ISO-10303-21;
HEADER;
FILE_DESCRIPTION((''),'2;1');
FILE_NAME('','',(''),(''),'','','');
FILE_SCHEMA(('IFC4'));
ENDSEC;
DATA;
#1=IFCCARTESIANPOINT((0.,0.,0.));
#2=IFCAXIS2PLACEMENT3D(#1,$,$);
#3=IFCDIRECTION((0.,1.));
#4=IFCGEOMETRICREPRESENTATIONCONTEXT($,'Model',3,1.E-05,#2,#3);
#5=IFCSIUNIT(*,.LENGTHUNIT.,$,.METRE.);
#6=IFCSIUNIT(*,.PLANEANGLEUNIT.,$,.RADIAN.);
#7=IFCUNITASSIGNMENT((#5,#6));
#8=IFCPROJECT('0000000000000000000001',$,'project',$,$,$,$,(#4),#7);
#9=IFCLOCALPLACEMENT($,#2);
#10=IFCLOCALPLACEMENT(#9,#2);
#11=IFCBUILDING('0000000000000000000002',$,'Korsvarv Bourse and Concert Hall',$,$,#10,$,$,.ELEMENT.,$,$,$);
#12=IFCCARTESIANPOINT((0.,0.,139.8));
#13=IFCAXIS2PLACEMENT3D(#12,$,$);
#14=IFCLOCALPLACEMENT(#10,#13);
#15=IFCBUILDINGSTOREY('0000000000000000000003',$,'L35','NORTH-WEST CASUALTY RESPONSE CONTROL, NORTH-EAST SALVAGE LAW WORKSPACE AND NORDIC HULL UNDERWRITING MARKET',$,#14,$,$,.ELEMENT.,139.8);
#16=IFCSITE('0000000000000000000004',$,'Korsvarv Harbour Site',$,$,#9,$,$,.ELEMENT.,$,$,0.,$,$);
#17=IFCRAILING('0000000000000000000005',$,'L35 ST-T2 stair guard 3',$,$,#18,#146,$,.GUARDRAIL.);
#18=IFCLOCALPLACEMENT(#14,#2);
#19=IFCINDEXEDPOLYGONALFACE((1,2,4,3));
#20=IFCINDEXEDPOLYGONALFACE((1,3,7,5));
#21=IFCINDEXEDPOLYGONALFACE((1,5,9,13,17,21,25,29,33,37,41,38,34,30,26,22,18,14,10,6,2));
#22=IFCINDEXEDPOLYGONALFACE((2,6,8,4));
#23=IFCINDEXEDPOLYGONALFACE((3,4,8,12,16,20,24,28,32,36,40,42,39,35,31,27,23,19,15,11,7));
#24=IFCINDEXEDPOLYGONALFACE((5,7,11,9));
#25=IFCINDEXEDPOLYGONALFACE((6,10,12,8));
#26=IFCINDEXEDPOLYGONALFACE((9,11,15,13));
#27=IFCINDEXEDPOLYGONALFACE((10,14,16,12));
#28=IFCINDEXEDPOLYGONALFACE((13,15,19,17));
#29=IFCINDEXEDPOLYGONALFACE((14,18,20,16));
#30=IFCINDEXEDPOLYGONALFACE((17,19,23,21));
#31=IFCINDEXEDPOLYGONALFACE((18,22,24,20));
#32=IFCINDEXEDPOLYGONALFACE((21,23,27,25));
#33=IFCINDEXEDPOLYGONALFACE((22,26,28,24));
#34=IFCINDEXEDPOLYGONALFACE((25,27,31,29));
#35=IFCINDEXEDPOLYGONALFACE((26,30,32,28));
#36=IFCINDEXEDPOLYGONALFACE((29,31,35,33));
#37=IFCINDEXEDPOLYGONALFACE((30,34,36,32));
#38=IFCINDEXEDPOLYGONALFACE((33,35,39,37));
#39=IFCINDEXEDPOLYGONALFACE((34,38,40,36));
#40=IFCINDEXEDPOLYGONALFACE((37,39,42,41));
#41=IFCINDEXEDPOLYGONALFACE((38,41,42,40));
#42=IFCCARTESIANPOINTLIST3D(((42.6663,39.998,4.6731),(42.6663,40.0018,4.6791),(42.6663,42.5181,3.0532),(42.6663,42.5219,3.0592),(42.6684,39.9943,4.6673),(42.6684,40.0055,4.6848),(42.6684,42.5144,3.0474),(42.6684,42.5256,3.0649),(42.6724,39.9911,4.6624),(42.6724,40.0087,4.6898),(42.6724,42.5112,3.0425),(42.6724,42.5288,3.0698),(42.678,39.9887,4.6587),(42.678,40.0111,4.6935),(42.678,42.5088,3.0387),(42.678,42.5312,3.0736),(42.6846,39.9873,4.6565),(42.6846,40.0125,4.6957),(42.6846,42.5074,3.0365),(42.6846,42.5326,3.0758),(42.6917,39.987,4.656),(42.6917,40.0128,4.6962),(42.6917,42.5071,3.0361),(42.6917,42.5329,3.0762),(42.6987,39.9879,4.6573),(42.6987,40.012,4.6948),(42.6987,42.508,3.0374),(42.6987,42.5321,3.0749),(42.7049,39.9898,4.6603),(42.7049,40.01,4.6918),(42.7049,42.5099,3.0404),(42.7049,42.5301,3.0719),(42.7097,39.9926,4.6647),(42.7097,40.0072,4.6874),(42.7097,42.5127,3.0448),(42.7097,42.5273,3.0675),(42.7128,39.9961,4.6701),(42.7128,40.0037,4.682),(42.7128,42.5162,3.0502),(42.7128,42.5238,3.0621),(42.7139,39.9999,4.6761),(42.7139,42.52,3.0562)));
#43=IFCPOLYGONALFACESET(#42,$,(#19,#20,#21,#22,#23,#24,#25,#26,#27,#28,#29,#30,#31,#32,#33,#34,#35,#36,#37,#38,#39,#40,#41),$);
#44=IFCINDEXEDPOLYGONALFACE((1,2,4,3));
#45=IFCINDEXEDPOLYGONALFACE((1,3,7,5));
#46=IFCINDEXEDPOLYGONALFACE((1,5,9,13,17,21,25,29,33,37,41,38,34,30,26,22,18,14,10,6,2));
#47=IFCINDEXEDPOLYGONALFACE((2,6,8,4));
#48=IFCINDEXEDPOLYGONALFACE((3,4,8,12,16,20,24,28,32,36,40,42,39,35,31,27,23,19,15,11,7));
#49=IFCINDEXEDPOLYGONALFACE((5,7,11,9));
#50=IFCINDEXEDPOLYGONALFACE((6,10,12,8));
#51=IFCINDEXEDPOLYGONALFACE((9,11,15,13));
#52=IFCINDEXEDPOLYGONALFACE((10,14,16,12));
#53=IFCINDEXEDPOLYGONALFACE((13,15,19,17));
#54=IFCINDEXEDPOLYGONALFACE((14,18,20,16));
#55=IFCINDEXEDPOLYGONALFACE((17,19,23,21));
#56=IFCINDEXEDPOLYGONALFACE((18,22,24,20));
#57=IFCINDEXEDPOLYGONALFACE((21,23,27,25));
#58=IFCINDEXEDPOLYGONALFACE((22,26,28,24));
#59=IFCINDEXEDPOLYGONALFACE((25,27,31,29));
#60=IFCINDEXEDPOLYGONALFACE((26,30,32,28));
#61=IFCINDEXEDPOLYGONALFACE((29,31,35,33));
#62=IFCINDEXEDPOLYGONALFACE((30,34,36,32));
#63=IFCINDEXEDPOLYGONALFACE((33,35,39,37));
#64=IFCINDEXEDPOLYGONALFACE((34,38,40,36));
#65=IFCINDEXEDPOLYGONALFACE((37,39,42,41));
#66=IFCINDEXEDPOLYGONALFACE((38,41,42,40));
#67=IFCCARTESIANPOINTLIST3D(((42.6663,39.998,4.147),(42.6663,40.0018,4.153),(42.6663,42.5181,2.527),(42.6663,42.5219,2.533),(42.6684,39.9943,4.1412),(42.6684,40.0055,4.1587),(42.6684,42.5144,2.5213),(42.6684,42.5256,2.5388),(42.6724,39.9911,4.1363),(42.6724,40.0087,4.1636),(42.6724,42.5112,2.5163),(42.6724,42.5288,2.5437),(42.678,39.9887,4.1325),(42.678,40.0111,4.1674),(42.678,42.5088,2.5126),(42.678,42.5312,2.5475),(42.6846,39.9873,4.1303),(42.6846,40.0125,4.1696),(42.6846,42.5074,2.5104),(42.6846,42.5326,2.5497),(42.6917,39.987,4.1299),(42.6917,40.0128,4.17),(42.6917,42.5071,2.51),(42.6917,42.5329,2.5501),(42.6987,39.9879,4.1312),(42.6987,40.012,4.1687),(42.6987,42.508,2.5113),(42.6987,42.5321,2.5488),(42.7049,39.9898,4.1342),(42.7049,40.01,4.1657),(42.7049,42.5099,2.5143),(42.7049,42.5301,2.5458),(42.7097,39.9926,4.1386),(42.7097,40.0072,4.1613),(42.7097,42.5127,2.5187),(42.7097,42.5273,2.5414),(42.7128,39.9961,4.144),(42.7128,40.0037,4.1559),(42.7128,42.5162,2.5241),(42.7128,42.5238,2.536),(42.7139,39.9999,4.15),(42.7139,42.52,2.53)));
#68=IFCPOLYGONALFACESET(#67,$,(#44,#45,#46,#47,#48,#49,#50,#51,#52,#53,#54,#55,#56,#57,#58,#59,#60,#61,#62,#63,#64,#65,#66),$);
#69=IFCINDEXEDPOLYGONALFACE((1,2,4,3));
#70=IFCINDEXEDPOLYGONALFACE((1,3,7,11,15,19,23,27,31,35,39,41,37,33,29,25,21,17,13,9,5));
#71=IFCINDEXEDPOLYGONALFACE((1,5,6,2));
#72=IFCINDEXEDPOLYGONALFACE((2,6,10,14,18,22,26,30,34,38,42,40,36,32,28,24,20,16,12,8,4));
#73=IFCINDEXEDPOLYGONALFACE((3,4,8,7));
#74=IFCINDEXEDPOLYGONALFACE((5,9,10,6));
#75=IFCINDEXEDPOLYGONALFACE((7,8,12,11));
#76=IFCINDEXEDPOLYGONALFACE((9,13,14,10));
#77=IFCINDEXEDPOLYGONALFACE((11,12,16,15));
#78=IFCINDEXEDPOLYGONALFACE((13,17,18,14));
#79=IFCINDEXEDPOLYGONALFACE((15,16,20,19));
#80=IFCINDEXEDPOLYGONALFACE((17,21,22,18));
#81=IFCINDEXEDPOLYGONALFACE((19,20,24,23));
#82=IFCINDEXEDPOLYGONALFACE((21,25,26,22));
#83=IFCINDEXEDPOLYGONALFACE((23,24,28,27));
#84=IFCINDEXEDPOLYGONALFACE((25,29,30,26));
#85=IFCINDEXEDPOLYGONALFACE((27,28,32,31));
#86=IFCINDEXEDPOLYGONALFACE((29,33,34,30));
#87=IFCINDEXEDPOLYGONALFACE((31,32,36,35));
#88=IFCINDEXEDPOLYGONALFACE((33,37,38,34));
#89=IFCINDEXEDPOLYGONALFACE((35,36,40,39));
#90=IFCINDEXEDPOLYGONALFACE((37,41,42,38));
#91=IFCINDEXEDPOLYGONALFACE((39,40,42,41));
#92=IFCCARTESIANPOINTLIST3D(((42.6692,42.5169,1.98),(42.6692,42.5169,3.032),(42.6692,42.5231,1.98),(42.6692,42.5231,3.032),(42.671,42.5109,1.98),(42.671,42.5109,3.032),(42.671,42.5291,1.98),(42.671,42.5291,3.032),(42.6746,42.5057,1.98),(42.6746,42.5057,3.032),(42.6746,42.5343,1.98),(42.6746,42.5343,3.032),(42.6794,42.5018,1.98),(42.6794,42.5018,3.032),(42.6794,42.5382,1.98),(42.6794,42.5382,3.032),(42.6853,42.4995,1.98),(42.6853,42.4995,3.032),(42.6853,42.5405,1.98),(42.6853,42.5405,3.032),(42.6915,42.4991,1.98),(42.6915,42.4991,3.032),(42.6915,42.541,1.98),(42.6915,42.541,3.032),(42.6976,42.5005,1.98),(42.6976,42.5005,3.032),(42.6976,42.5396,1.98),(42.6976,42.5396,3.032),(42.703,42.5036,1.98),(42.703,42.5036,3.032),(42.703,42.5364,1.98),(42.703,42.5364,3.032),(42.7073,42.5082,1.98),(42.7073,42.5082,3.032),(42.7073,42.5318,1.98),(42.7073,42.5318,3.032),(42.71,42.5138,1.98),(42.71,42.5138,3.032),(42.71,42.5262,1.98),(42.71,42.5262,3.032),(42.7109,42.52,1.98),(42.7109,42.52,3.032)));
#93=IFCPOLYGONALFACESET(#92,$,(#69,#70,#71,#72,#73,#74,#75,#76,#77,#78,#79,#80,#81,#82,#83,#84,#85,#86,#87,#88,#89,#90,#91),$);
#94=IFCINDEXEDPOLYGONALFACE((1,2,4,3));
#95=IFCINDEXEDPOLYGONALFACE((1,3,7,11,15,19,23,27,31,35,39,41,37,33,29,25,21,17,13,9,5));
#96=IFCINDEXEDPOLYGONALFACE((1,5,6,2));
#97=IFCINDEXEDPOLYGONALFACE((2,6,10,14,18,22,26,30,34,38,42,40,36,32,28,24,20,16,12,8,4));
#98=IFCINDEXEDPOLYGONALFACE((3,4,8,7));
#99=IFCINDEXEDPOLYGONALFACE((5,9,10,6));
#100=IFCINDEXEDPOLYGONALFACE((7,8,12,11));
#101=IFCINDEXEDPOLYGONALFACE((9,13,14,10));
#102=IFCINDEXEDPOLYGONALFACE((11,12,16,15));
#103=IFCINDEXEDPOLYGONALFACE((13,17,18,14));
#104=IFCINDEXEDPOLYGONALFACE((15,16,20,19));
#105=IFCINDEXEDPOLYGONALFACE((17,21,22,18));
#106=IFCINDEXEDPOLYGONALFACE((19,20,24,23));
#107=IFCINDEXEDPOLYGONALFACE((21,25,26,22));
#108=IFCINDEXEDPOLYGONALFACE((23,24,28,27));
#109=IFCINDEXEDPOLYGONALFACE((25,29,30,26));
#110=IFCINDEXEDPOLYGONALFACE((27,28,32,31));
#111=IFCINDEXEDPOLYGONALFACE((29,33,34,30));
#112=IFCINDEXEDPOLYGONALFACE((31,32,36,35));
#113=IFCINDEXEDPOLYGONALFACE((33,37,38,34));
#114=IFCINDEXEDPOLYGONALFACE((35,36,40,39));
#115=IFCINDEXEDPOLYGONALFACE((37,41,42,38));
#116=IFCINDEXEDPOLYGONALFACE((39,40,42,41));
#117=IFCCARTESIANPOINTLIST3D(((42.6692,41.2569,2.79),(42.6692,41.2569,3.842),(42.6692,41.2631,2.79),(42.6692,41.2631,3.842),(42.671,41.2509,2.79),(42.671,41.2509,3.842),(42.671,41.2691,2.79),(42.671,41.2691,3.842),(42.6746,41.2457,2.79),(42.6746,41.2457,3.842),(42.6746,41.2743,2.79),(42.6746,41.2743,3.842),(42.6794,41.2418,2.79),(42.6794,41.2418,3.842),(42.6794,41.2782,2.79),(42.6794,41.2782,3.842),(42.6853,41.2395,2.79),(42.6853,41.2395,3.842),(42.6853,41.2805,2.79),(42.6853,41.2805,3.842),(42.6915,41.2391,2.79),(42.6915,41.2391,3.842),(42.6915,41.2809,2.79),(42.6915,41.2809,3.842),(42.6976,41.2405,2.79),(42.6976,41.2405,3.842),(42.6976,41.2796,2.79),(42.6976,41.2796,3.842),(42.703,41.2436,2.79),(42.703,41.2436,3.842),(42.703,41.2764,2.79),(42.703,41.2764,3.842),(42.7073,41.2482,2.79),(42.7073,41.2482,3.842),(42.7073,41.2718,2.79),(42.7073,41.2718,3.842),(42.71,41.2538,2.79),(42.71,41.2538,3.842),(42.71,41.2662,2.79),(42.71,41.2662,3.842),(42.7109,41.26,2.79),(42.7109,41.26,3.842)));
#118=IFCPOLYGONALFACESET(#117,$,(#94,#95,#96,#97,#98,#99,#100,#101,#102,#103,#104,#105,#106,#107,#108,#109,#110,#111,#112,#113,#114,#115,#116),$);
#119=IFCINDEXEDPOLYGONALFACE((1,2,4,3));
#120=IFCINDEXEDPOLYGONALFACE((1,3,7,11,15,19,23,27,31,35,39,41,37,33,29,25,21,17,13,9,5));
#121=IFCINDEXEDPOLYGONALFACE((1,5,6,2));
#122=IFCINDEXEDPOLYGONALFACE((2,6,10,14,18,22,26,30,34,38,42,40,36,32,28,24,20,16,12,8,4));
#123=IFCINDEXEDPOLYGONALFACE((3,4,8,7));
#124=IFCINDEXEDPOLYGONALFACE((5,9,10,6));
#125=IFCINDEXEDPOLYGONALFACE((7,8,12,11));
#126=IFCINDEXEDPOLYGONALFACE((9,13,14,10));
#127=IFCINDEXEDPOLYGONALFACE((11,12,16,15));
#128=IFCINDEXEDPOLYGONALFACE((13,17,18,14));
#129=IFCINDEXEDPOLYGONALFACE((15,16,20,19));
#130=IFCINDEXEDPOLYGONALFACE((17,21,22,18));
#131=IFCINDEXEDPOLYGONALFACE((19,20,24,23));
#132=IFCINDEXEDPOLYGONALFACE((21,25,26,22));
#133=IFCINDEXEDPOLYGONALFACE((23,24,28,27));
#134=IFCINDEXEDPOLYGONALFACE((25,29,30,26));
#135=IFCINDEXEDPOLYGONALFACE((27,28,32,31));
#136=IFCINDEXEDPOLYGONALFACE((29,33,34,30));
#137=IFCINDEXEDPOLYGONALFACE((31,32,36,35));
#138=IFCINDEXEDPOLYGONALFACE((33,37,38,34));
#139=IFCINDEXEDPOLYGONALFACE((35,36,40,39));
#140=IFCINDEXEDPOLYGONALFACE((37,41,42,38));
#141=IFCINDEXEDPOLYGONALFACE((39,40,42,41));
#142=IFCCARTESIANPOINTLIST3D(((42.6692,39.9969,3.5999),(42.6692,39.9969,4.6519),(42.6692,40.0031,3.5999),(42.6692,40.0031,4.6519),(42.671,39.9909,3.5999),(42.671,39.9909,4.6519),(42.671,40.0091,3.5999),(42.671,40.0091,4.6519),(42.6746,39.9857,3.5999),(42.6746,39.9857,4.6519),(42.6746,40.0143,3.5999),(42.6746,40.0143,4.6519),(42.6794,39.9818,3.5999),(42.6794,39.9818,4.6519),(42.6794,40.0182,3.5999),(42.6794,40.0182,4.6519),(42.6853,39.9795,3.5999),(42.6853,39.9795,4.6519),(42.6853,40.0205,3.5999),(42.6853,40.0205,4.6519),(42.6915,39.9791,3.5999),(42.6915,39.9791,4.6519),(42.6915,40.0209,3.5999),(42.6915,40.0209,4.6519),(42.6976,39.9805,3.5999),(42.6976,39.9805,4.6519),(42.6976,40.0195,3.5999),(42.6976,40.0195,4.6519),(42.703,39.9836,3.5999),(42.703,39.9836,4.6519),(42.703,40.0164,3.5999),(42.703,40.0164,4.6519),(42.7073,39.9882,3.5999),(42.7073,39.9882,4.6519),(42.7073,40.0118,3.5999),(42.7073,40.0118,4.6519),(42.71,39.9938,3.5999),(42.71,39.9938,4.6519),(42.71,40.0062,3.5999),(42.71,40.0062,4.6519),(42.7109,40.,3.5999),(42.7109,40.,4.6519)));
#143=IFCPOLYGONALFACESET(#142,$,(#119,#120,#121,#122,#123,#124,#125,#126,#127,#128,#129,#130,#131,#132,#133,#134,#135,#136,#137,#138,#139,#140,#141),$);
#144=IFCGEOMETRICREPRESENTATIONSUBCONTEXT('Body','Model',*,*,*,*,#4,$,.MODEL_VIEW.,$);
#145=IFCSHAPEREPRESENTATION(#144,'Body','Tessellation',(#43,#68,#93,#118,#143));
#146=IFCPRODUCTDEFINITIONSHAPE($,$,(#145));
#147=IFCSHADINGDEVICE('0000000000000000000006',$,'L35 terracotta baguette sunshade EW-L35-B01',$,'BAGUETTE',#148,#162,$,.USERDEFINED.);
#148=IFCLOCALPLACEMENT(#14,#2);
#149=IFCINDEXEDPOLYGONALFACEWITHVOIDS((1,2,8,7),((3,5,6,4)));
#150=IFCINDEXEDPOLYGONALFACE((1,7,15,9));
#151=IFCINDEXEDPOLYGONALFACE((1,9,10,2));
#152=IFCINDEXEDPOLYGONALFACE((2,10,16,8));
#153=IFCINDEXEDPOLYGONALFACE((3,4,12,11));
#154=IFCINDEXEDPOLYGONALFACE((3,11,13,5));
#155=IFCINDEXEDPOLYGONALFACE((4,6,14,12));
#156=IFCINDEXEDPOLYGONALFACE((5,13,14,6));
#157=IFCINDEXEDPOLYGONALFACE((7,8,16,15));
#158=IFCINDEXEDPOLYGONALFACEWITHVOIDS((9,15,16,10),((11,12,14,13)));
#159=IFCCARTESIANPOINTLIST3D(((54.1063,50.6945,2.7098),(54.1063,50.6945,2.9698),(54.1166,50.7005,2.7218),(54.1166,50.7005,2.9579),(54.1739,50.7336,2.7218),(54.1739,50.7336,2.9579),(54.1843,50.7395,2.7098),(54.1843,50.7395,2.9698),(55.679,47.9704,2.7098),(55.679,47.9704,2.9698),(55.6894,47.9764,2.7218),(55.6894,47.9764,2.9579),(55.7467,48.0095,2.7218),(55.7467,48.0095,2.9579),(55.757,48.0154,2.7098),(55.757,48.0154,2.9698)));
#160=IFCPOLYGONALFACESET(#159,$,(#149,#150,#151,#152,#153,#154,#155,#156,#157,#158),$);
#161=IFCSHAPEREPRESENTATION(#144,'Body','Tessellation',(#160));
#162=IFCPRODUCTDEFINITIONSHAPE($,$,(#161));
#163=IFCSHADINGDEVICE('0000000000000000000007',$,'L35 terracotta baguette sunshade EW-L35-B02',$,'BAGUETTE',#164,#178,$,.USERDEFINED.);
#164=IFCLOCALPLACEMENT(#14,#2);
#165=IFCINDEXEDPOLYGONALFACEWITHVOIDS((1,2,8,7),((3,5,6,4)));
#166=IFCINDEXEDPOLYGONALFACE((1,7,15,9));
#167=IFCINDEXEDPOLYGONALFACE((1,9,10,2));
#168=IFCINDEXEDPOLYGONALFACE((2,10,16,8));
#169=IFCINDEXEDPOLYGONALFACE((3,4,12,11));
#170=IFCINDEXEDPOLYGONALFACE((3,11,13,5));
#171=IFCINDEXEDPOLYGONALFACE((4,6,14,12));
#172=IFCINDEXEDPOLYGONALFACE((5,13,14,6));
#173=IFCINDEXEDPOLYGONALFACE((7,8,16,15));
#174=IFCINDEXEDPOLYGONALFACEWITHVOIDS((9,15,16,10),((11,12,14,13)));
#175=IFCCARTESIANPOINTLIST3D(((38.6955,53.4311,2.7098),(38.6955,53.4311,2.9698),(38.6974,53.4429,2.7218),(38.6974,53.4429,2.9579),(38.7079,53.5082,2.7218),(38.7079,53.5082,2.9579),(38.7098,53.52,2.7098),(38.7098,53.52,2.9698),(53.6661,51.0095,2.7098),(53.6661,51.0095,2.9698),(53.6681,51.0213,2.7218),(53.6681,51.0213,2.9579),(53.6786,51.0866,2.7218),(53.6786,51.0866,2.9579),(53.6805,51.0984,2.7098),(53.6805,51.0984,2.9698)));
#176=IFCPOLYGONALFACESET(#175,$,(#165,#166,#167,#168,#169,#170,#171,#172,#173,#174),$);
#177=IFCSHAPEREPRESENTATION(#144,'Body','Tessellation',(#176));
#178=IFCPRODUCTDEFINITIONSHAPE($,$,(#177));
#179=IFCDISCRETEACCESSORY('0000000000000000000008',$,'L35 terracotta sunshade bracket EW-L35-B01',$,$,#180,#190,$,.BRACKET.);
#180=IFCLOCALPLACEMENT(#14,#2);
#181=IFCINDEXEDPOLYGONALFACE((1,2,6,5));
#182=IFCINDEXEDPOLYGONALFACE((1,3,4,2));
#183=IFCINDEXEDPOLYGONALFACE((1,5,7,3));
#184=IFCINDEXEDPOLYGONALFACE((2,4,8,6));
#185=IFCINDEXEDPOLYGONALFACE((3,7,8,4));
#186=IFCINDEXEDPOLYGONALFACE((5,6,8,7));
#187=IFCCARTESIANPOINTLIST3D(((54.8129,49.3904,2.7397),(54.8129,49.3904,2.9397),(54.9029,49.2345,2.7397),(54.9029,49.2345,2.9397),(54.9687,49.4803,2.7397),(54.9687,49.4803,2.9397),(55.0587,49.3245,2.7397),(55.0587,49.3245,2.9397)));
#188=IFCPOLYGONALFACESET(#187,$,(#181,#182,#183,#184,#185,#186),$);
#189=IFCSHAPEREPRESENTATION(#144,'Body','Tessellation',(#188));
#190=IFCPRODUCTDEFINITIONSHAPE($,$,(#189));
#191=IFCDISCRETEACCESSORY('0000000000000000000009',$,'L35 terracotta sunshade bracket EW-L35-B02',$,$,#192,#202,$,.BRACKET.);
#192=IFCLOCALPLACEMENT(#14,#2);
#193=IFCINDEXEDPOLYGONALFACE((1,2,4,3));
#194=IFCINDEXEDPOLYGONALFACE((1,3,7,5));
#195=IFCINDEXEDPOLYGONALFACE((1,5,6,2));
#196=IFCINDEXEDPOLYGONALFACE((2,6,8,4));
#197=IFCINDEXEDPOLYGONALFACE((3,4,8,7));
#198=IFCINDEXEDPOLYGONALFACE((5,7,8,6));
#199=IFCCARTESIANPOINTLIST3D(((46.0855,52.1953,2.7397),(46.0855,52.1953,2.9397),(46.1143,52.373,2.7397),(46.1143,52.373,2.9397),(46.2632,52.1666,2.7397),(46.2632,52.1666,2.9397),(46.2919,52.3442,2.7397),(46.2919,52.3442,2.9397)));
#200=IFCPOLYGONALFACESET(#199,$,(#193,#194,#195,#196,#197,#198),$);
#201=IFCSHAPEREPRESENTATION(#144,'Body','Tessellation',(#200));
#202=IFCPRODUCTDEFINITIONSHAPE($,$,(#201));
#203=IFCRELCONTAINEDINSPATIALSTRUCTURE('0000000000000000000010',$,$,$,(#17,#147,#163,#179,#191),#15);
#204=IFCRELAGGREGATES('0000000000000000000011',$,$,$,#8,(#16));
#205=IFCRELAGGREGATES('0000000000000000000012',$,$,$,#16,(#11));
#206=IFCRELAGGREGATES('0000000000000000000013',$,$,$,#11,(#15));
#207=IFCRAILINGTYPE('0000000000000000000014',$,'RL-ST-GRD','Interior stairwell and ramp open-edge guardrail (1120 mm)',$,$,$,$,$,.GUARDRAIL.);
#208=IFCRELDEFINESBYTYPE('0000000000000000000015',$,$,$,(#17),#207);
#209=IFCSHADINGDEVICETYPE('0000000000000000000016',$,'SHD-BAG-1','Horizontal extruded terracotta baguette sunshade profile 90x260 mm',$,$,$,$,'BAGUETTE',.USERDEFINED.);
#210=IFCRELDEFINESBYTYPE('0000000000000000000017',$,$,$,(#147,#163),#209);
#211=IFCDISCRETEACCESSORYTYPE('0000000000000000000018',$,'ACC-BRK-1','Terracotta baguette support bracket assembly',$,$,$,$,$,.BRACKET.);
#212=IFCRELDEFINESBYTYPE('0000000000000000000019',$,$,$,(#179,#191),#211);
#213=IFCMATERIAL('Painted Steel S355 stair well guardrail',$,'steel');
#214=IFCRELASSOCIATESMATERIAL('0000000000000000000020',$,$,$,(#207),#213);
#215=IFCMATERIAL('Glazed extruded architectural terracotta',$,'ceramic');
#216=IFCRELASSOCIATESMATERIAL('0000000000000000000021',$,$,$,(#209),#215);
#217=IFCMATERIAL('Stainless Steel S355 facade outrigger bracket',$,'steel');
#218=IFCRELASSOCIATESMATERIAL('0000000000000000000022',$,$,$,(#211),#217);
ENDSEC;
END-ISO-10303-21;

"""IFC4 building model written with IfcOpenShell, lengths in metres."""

from ifc_helpers import new_model, si_unit, direction, frame, origin, origin_2d, place, context, subcontext, project, spatial, rectangle, hollow_rectangle, circle, extrude, source, transform, mapped, material, material_profile, profile_set, type_object, element, save


model = new_model("IFC4")

# Units and contexts
model_context = context("Model", 3, precision=1e-05, world=origin(), true_north=direction((0.0, 1.0)))
body_context = subcontext(model_context, "Body", "Model", "MODEL_VIEW")
ifc_project = project(units=[si_unit("LENGTHUNIT", "METRE"), si_unit("PLANEANGLEUNIT", "RADIAN")], contexts=[model_context])

# Site, building, storey
site_placement = place(None, origin())
site = spatial("IfcSite", under=ifc_project, at=site_placement, Name="Korsvarv Harbour Site", CompositionType="ELEMENT", RefElevation=0.0)
building_placement = place(site_placement, origin())
building = spatial("IfcBuilding", under=site, at=building_placement, Name="Korsvarv Bourse and Concert Hall", CompositionType="ELEMENT")
storey_placement = place(building_placement, frame((0.0, 0.0, 139.8)))
storey = spatial("IfcBuildingStorey", under=building, at=storey_placement, Name="L35", Description="NORTH-WEST CASUALTY RESPONSE CONTROL, NORTH-EAST SALVAGE LAW WORKSPACE AND NORDIC HULL UNDERWRITING MARKET", CompositionType="ELEMENT", Elevation=139.8)

# Railing
ifc_material_1 = material(Name="Painted Steel S355 stair well guardrail", Category="steel")
railing_type = type_object("IfcRailingType", Name="RL-ST-GRD", Description="Interior stairwell and ramp open-edge guardrail (1120 mm)", PredefinedType="GUARDRAIL", material=ifc_material_1)
railing_1_placement = place(storey_placement, frame((42.6899, 42.52, 1.98)))
element("IfcRailing", 1, at=railing_1_placement, inside=storey, type_object=railing_type, Name="L35 ST-T2 stair guard 3", PredefinedType="GUARDRAIL", context=body_context, shape_type="SweptSolid", body=[
    extrude(circle(Radius=0.0239, at=origin_2d()), frame((0.0, 0.0, 1.0762), z_axis=(0.0, -0.8412, 0.540725), x_axis=(1.0, 0.0, 0.0)), (0.0, 0.0, 1.0), 2.9958),
    extrude(circle(Radius=0.0239, at=origin_2d()), frame((0.0, 0.0, 0.55), z_axis=(0.0, -0.8412, 0.540725), x_axis=(1.0, 0.0, 0.0)), (0.0, 0.0, 1.0), 2.9958),
    extrude(circle(Radius=0.021, at=origin_2d()), origin(), (0.0, 0.0, 1.0), 1.052),
    extrude(circle(Radius=0.021, at=origin_2d()), frame((0.0, -1.26, 0.8101)), (0.0, 0.0, 1.0), 1.052),
    extrude(circle(Radius=0.021, at=origin_2d()), frame((0.0, -2.52, 1.6199)), (0.0, 0.0, 1.0), 1.052),
])

# Shading devices
ifc_material_2 = material(Name="Glazed extruded architectural terracotta", Category="ceramic")
ifc_material_profile_1 = material_profile(ifc_material_2, hollow_rectangle(XDim=0.0901, YDim=0.26, WallThickness=0.012, at=origin_2d()), Name="TC-BAG 90x260")
ifc_profile_set_1 = profile_set([ifc_material_profile_1], Name="Glazed extruded architectural terracotta")
shading_device_type = type_object("IfcShadingDeviceType", Name="SHD-BAG-1", Description="Horizontal extruded terracotta baguette sunshade profile 90x260 mm", ElementType="BAGUETTE", PredefinedType="USERDEFINED", material=ifc_profile_set_1)
shared_shape_1 = source(origin(), body_context, "Body", "SweptSolid", [
    extrude(hollow_rectangle(XDim=0.0901, YDim=0.26, WallThickness=0.012, at=origin_2d()), origin(), (0.0, 0.0, 1.0), 3.1455),
])
shading_device_1_placement = place(storey_placement, frame((55.718, 47.9929, 2.8398), z_axis=(-0.499996, 0.866028, 0.0), x_axis=(-0.866028, -0.499996, 0.0)))
element("IfcShadingDevice", 2, at=shading_device_1_placement, inside=storey, type_object=shading_device_type, Name="L35 terracotta baguette sunshade EW-L35-B01", ObjectType="BAGUETTE", PredefinedType="USERDEFINED", context=body_context, shape_type="MappedRepresentation", body=[
    mapped(shared_shape_1, transform((0.0, 0.0, 0.0), scale=1.0)),
])
shared_shape_2 = source(origin(), body_context, "Body", "SweptSolid", [
    extrude(hollow_rectangle(XDim=0.0901, YDim=0.26, WallThickness=0.012, at=origin_2d()), origin(), (0.0, 0.0, 1.0), 15.1653),
])
shading_device_2_placement = place(storey_placement, frame((53.6733, 51.054, 2.8398), z_axis=(-0.987168, 0.159682, 0.0), x_axis=(-0.159682, -0.987168, 0.0)))
element("IfcShadingDevice", 3, at=shading_device_2_placement, inside=storey, type_object=shading_device_type, Name="L35 terracotta baguette sunshade EW-L35-B02", ObjectType="BAGUETTE", PredefinedType="USERDEFINED", context=body_context, shape_type="MappedRepresentation", body=[
    mapped(shared_shape_2, transform((0.0, 0.0, 0.0), scale=1.0)),
])

# Discrete accessories
ifc_material_3 = material(Name="Stainless Steel S355 facade outrigger bracket", Category="steel")
discrete_accessory_type = type_object("IfcDiscreteAccessoryType", Name="ACC-BRK-1", Description="Terracotta baguette support bracket assembly", PredefinedType="BRACKET", material=ifc_material_3)
shared_shape_3 = source(origin(), body_context, "Body", "SweptSolid", [
    extrude(rectangle(XDim=0.1799, YDim=0.1799, at=origin_2d()), origin(), (0.0, 0.0, 1.0), 0.2),
])
for number, where, z_axis, x_axis, name in (
    (4, (54.9358, 49.3574, 2.7397), (0.0, 0.0, 1.0), (-0.5, 0.866025, 0.0), "L35 terracotta sunshade bracket EW-L35-B01"),
    (5, (46.1887, 52.2698, 2.7397), (0.0, 0.0, 1.0), (-0.987164, 0.159709, 0.0), "L35 terracotta sunshade bracket EW-L35-B02"),
):
    element("IfcDiscreteAccessory", number, at=place(storey_placement, frame(where, z_axis=z_axis, x_axis=x_axis)), inside=storey, type_object=discrete_accessory_type, Name=name, PredefinedType="BRACKET", context=body_context, shape_type="MappedRepresentation", body=[
        mapped(shared_shape_3, transform((0.0, 0.0, 0.0), scale=1.0)),
    ])

save(model, "model.ifc")
